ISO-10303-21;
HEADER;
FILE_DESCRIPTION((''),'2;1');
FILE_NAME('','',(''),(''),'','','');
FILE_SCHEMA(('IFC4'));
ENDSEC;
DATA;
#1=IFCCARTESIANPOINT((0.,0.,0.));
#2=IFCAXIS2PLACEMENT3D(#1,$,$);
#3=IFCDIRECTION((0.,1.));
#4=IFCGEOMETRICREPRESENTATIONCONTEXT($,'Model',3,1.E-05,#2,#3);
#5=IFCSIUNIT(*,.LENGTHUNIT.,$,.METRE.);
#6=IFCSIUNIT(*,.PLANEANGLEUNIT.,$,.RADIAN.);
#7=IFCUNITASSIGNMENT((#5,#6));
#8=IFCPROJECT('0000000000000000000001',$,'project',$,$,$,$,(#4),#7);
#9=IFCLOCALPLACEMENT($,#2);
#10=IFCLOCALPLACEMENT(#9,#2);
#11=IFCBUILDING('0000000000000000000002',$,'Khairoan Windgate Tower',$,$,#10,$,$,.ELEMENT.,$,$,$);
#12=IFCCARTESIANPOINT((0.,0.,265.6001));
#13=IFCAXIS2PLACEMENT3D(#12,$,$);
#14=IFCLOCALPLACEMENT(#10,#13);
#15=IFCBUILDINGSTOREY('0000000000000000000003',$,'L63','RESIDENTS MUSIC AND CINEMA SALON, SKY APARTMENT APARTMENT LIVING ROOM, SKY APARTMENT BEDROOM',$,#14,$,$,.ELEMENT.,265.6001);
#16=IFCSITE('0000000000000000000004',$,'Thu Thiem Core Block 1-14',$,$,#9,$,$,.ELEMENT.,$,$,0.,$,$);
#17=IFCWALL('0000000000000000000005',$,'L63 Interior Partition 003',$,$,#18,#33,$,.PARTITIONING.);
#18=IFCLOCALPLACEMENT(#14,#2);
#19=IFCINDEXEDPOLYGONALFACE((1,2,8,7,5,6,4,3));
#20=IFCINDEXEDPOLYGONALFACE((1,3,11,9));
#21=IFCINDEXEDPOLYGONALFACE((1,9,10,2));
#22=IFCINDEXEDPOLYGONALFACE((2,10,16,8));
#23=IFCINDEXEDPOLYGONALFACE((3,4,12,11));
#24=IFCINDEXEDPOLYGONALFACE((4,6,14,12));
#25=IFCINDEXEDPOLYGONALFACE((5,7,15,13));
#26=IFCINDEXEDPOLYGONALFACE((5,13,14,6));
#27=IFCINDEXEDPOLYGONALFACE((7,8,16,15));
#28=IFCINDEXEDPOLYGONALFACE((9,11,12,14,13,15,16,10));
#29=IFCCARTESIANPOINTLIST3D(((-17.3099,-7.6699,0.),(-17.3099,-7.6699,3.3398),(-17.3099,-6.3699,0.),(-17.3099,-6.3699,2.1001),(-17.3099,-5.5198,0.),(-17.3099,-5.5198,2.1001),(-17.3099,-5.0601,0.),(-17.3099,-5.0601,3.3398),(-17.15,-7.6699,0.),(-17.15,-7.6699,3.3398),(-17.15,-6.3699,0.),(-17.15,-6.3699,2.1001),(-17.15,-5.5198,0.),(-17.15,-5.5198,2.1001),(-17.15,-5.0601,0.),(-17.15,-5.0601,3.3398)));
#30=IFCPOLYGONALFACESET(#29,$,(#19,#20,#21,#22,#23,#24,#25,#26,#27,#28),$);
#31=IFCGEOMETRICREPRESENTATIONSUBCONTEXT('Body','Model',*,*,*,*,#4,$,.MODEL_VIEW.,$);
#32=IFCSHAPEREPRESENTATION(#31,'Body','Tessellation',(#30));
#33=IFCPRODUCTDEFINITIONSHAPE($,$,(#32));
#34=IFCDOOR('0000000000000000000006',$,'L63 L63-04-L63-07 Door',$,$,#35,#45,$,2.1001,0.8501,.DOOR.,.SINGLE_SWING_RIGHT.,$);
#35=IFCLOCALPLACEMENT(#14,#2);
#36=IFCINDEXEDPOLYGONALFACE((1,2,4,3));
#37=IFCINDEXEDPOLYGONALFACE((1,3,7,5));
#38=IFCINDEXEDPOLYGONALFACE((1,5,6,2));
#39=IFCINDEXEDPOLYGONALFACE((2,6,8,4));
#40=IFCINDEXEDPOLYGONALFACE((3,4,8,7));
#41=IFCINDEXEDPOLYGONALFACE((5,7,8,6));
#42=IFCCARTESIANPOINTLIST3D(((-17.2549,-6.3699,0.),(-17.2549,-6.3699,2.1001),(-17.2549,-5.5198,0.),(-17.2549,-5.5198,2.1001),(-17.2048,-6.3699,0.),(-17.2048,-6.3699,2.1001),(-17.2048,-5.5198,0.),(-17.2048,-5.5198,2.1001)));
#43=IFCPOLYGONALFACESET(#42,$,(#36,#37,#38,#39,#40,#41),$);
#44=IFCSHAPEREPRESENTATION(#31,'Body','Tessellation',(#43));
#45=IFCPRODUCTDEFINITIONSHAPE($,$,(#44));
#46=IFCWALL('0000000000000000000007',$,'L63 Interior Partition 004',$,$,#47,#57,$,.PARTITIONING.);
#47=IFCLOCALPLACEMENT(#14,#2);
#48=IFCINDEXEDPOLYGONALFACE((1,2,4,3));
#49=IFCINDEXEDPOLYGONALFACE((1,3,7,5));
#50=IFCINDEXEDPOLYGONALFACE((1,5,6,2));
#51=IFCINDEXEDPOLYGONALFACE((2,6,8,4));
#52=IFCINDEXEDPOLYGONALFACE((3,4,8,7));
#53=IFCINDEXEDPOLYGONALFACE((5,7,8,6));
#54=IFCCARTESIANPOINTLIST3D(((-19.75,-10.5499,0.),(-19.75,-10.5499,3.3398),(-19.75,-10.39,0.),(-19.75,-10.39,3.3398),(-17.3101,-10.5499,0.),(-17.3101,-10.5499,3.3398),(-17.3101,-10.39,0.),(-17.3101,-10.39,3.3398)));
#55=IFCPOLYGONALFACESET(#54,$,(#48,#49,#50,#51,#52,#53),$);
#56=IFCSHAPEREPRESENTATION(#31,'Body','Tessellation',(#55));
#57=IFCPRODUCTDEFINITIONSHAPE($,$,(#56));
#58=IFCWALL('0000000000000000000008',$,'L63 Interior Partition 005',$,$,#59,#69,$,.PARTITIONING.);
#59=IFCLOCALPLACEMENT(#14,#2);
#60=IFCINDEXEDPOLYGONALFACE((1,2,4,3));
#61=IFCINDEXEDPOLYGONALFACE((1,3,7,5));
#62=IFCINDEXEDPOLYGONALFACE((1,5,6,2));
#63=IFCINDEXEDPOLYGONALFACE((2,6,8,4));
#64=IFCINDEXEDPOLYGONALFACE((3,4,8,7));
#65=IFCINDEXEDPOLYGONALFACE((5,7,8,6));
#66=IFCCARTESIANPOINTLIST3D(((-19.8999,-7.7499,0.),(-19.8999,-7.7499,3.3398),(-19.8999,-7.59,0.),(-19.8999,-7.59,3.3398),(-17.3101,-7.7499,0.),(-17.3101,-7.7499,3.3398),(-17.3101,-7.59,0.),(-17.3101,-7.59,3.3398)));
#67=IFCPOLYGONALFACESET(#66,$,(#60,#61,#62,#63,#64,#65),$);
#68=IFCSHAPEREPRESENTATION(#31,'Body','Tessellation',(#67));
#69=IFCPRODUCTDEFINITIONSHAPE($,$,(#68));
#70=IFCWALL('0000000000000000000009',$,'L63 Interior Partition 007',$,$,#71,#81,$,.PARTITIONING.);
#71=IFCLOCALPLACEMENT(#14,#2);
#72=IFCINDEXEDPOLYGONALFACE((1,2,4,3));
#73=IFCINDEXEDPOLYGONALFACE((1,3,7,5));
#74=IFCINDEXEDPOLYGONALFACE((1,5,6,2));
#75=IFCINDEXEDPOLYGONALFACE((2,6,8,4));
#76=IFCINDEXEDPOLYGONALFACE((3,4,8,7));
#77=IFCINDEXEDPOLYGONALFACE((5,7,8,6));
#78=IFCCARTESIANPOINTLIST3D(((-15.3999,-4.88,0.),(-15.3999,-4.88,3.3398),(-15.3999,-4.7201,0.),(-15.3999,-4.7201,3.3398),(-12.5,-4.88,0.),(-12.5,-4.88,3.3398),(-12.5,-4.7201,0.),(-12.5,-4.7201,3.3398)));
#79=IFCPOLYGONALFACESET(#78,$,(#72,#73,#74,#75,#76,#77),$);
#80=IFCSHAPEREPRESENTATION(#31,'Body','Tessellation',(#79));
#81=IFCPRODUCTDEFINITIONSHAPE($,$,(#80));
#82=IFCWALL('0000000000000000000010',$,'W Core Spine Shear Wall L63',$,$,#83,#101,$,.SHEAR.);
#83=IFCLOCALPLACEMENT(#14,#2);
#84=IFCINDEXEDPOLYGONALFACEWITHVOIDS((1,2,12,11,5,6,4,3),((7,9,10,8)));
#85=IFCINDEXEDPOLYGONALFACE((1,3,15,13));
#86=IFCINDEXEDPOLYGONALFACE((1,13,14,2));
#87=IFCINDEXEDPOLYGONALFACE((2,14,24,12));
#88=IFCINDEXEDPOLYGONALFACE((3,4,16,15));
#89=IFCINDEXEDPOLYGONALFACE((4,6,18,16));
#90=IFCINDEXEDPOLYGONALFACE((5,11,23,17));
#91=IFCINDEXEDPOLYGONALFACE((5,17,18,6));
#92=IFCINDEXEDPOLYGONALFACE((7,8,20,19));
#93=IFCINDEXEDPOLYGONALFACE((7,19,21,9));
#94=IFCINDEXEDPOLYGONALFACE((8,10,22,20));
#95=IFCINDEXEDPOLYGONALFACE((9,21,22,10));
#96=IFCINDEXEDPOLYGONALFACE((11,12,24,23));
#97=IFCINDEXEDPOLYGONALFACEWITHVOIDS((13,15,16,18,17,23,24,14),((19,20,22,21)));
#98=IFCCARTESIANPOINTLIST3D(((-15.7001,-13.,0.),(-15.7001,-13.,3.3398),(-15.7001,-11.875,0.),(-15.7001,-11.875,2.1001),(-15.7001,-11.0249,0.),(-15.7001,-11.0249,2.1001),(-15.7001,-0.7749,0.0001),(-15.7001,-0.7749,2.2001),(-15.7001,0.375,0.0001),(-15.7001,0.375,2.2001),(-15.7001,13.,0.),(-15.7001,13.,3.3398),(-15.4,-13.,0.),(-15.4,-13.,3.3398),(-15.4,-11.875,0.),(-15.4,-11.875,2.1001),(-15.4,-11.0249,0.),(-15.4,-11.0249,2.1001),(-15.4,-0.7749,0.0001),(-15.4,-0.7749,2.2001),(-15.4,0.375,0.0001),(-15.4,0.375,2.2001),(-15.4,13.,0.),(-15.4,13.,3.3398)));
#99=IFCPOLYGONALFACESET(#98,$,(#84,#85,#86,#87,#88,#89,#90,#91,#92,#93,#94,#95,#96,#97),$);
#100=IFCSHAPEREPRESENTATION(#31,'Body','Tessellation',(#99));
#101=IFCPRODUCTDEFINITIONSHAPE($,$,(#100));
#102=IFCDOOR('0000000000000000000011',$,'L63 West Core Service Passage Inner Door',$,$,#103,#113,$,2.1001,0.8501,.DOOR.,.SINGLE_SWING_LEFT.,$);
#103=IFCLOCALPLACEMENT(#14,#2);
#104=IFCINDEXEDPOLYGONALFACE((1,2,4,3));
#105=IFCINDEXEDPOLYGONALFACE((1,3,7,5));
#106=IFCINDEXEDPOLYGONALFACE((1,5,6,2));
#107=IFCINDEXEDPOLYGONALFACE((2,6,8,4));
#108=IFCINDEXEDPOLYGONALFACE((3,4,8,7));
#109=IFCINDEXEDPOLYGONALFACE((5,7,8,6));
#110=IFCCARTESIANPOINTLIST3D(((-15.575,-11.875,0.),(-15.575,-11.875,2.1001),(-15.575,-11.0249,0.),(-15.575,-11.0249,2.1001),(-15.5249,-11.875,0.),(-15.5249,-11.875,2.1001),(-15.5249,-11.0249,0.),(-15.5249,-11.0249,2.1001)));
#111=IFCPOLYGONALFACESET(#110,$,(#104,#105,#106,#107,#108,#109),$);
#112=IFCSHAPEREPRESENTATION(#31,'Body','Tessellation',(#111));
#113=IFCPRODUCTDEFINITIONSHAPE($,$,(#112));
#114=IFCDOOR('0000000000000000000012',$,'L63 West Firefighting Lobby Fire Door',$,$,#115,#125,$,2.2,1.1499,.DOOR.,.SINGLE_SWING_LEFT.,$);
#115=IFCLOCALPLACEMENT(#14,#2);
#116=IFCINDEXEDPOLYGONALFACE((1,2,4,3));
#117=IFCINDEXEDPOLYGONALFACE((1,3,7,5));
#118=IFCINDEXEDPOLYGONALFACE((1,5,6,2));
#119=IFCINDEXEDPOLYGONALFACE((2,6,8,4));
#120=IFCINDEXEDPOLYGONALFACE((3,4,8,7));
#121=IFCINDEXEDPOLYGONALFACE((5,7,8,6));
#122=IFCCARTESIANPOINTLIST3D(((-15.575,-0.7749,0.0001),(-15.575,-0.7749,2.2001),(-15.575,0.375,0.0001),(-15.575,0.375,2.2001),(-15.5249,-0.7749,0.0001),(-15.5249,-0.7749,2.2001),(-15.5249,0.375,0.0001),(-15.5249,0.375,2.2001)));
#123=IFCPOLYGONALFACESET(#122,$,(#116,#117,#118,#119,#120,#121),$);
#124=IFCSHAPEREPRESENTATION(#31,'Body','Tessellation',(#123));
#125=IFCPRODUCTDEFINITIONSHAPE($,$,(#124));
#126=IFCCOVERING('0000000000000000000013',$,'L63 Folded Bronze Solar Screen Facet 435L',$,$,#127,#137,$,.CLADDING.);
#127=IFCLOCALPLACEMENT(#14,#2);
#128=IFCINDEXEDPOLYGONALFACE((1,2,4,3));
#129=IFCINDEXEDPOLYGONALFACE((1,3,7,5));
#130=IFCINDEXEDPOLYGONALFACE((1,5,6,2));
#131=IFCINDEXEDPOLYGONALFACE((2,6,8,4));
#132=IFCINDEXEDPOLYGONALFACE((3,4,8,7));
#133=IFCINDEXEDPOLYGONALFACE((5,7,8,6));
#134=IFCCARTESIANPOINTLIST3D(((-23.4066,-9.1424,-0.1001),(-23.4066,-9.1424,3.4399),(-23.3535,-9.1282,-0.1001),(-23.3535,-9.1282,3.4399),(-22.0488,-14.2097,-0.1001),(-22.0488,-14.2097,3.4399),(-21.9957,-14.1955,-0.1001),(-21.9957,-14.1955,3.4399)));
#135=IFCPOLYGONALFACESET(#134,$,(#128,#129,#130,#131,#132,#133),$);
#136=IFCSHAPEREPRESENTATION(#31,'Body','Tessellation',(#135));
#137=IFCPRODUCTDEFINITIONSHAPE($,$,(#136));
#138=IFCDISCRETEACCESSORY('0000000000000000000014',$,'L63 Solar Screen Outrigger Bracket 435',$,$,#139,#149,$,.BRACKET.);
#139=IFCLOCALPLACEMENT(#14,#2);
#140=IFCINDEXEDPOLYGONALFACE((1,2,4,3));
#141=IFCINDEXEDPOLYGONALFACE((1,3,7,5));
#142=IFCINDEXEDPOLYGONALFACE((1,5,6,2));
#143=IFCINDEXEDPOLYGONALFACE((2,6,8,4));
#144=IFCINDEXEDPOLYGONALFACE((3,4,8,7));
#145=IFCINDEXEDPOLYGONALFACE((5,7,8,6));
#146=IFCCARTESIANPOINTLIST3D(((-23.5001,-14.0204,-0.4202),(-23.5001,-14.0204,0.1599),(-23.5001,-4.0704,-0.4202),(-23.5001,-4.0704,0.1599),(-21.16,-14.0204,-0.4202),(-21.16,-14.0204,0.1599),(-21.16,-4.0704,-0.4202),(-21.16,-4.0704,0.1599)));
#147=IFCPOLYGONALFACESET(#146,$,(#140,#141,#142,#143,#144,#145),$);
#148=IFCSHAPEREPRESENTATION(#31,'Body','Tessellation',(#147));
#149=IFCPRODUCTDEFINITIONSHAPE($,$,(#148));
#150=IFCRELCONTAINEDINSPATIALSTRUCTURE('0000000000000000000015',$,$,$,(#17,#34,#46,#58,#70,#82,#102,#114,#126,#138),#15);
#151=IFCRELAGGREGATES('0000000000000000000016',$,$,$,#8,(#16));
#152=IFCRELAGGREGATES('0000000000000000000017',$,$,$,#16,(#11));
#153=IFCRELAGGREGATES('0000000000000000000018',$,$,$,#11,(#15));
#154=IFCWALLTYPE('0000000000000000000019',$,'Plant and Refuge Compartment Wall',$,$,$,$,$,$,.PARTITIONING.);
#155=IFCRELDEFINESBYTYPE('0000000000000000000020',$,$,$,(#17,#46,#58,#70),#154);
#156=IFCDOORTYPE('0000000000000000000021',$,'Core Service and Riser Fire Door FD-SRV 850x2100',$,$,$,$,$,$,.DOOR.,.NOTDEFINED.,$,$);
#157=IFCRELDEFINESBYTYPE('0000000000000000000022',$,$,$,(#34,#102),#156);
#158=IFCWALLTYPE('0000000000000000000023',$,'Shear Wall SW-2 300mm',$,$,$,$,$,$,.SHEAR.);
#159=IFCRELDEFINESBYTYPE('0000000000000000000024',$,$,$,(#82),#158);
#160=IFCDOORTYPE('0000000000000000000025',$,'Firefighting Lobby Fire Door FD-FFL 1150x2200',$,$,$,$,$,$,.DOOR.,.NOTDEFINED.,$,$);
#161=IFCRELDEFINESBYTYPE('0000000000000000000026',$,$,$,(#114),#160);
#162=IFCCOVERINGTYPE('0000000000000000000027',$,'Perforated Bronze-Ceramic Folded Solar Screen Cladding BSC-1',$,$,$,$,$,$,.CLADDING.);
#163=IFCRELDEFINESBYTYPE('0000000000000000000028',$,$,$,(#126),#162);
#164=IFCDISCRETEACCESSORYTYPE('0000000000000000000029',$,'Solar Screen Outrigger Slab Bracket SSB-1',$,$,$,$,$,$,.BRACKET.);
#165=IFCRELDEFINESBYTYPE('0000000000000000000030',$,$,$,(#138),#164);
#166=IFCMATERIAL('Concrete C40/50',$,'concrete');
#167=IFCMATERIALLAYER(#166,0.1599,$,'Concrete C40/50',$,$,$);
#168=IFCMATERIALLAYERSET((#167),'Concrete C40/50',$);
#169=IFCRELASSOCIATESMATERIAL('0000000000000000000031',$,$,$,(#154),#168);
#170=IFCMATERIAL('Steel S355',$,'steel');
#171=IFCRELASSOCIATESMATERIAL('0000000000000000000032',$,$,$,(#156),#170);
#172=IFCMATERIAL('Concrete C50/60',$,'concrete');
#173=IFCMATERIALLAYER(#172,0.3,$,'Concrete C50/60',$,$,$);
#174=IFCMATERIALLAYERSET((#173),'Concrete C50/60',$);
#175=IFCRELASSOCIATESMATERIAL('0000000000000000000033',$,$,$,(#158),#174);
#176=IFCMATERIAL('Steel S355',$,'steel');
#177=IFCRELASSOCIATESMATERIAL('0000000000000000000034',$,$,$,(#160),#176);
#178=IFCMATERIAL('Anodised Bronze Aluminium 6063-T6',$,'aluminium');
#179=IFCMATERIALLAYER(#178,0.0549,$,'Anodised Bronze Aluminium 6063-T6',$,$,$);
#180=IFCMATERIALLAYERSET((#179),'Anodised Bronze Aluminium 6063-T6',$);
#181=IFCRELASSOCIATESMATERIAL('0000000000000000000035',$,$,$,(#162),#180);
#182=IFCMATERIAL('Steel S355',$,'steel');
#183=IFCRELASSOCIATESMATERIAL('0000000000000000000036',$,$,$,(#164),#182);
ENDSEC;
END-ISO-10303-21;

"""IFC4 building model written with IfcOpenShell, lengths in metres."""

from ifc_helpers import new_model, si_unit, direction, frame, frame_2d, origin, origin_2d, place, context, subcontext, project, spatial, rectangle, extrude, material, layer, layer_set, type_object, element, fill, save


model = new_model("IFC4")

# Units and contexts
model_context = context("Model", 3, precision=1e-05, world=origin(), true_north=direction((0.0, 1.0)))
body_context = subcontext(model_context, "Body", "Model", "MODEL_VIEW")
ifc_project = project(units=[si_unit("LENGTHUNIT", "METRE"), si_unit("PLANEANGLEUNIT", "RADIAN")], contexts=[model_context])

# Site, building, storey
site_placement = place(None, origin())
site = spatial("IfcSite", under=ifc_project, at=site_placement, Name="Thu Thiem Core Block 1-14", CompositionType="ELEMENT", RefElevation=0.0)
building_placement = place(site_placement, origin())
building = spatial("IfcBuilding", under=site, at=building_placement, Name="Khairoan Windgate Tower", CompositionType="ELEMENT")
storey_placement = place(building_placement, frame((0.0, 0.0, 265.6001)))
storey = spatial("IfcBuildingStorey", under=building, at=storey_placement, Name="L63", Description="RESIDENTS MUSIC AND CINEMA SALON, SKY APARTMENT APARTMENT LIVING ROOM, SKY APARTMENT BEDROOM", CompositionType="ELEMENT", Elevation=265.6001)

# Wall, opening, door
ifc_material_1 = material(Name="Concrete C40/50", Category="concrete")
ifc_layer_1 = layer(ifc_material_1, 0.1599, Name="Concrete C40/50")
ifc_layer_set_1 = layer_set([ifc_layer_1], Name="Concrete C40/50")
wall_type_1 = type_object("IfcWallType", Name="Plant and Refuge Compartment Wall", PredefinedType="PARTITIONING", material=ifc_layer_set_1)
ifc_material_2 = material(Name="Steel S355", Category="steel")
door_type_1 = type_object("IfcDoorType", Name="Core Service and Riser Fire Door FD-SRV 850x2100", OperationType="NOTDEFINED", PredefinedType="DOOR", material=ifc_material_2)
wall_1_placement = place(storey_placement, frame((-17.23, -7.6699, 0.0), z_axis=(0.0, 0.0, 1.0), x_axis=(0.0, 1.0, 0.0)))
wall_1 = element("IfcWall", 1, at=wall_1_placement, inside=storey, type_object=wall_type_1, Name="L63 Interior Partition 003", PredefinedType="PARTITIONING", context=body_context, shape_type="SweptSolid", body=[
    extrude(rectangle(XDim=2.6099, YDim=0.1599, at=frame_2d((1.3049, 0.0))), origin(), (0.0, 0.0, 1.0), 3.3398),
])
opening_1_placement = place(wall_1_placement, frame((1.3, 0.0, 0.0)))
opening_1 = element("IfcOpeningElement", 2, at=opening_1_placement, cuts=wall_1, PredefinedType="OPENING", context=body_context, shape_type="SweptSolid", body=[
    extrude(rectangle(XDim=0.8501, YDim=2.1001, at=frame_2d((0.425, 1.05))), frame((0.0, 0.0898, 0.0), z_axis=(0.0, -1.0, 0.0), x_axis=(1.0, 0.0, 0.0)), (0.0, 0.0, 1.0), 0.1799),
])
door_1_placement = place(opening_1_placement, origin())
door_1 = element("IfcDoor", 3, at=door_1_placement, inside=storey, type_object=door_type_1, Name="L63 L63-04-L63-07 Door", OperationType="SINGLE_SWING_RIGHT", OverallHeight=2.1001, OverallWidth=0.8501, PredefinedType="DOOR", context=body_context, shape_type="SweptSolid", body=[
    extrude(rectangle(XDim=0.8501, YDim=2.1001, at=frame_2d((0.425, 1.05))), frame((0.0, 0.0249, 0.0), z_axis=(0.0, -1.0, 0.0), x_axis=(1.0, 0.0, 0.0)), (0.0, 0.0, 1.0), 0.05),
])
fill(opening_1, door_1)

# Walls
wall_2_placement = place(storey_placement, frame((-19.75, -10.47, 0.0), z_axis=(0.0, 0.0, 1.0), x_axis=(1.0, 0.0, 0.0)))
element("IfcWall", 4, at=wall_2_placement, inside=storey, type_object=wall_type_1, Name="L63 Interior Partition 004", PredefinedType="PARTITIONING", context=body_context, shape_type="SweptSolid", body=[
    extrude(rectangle(XDim=2.4399, YDim=0.1599, at=frame_2d((1.22, 0.0))), origin(), (0.0, 0.0, 1.0), 3.3398),
])
wall_3_placement = place(storey_placement, frame((-19.8999, -7.6699, 0.0), z_axis=(0.0, 0.0, 1.0), x_axis=(1.0, 0.0, 0.0)))
element("IfcWall", 5, at=wall_3_placement, inside=storey, type_object=wall_type_1, Name="L63 Interior Partition 005", PredefinedType="PARTITIONING", context=body_context, shape_type="SweptSolid", body=[
    extrude(rectangle(XDim=2.5898, YDim=0.1599, at=frame_2d((1.2949, 0.0))), origin(), (0.0, 0.0, 1.0), 3.3398),
])
wall_4_placement = place(storey_placement, frame((-15.3999, -4.8, 0.0), z_axis=(0.0, 0.0, 1.0), x_axis=(1.0, 0.0, 0.0)))
element("IfcWall", 6, at=wall_4_placement, inside=storey, type_object=wall_type_1, Name="L63 Interior Partition 007", PredefinedType="PARTITIONING", context=body_context, shape_type="SweptSolid", body=[
    extrude(rectangle(XDim=2.8999, YDim=0.1599, at=frame_2d((1.45, 0.0))), origin(), (0.0, 0.0, 1.0), 3.3398),
])

# Wall, openings, doors
ifc_material_3 = material(Name="Concrete C50/60", Category="concrete")
ifc_layer_2 = layer(ifc_material_3, 0.3, Name="Concrete C50/60")
ifc_layer_set_2 = layer_set([ifc_layer_2], Name="Concrete C50/60")
wall_type_2 = type_object("IfcWallType", Name="Shear Wall SW-2 300mm", PredefinedType="SHEAR", material=ifc_layer_set_2)
wall_5_placement = place(storey_placement, frame((-15.55, -13.0, 0.0), z_axis=(0.0, 0.0, 1.0), x_axis=(0.0, 1.0, 0.0)))
wall_5 = element("IfcWall", 7, at=wall_5_placement, inside=storey, type_object=wall_type_2, Name="W Core Spine Shear Wall L63", PredefinedType="SHEAR", context=body_context, shape_type="SweptSolid", body=[
    extrude(rectangle(XDim=26.0, YDim=0.3, at=frame_2d((13.0, 0.0))), origin(), (0.0, 0.0, 1.0), 3.3398),
])
opening_2_placement = place(wall_5_placement, frame((12.2251, 0.0, 0.0)))
opening_2 = element("IfcOpeningElement", 8, at=opening_2_placement, cuts=wall_5, PredefinedType="OPENING", context=body_context, shape_type="SweptSolid", body=[
    extrude(rectangle(XDim=1.1499, YDim=2.2, at=frame_2d((0.575, 1.1001))), frame((0.0, 0.1599, 0.0), z_axis=(0.0, -1.0, 0.0), x_axis=(1.0, 0.0, 0.0)), (0.0, 0.0, 1.0), 0.3201),
])
opening_3_placement = place(wall_5_placement, frame((1.125, 0.0, 0.0)))
opening_3 = element("IfcOpeningElement", 9, at=opening_3_placement, cuts=wall_5, PredefinedType="OPENING", context=body_context, shape_type="SweptSolid", body=[
    extrude(rectangle(XDim=0.8501, YDim=2.1001, at=frame_2d((0.425, 1.05))), frame((0.0, 0.1599, 0.0), z_axis=(0.0, -1.0, 0.0), x_axis=(1.0, 0.0, 0.0)), (0.0, 0.0, 1.0), 0.3201),
])
door_2_placement = place(opening_3_placement, origin())
door_2 = element("IfcDoor", 10, at=door_2_placement, inside=storey, type_object=door_type_1, Name="L63 West Core Service Passage Inner Door", OperationType="SINGLE_SWING_LEFT", OverallHeight=2.1001, OverallWidth=0.8501, PredefinedType="DOOR", context=body_context, shape_type="SweptSolid", body=[
    extrude(rectangle(XDim=0.8501, YDim=2.1001, at=frame_2d((0.425, 1.05))), frame((0.0, 0.0249, 0.0), z_axis=(0.0, -1.0, 0.0), x_axis=(1.0, 0.0, 0.0)), (0.0, 0.0, 1.0), 0.05),
])
fill(opening_3, door_2)
ifc_material_4 = material(Name="Steel S355", Category="steel")
door_type_2 = type_object("IfcDoorType", Name="Firefighting Lobby Fire Door FD-FFL 1150x2200", OperationType="NOTDEFINED", PredefinedType="DOOR", material=ifc_material_4)
door_3_placement = place(opening_2_placement, origin())
door_3 = element("IfcDoor", 11, at=door_3_placement, inside=storey, type_object=door_type_2, Name="L63 West Firefighting Lobby Fire Door", OperationType="SINGLE_SWING_LEFT", OverallHeight=2.2, OverallWidth=1.1499, PredefinedType="DOOR", context=body_context, shape_type="SweptSolid", body=[
    extrude(rectangle(XDim=1.1499, YDim=2.2, at=frame_2d((0.575, 1.1001))), frame((0.0, 0.0249, 0.0), z_axis=(0.0, -1.0, 0.0), x_axis=(1.0, 0.0, 0.0)), (0.0, 0.0, 1.0), 0.05),
])
fill(opening_2, door_3)

# Covering
ifc_material_5 = material(Name="Anodised Bronze Aluminium 6063-T6", Category="aluminium")
ifc_layer_3 = layer(ifc_material_5, 0.0549, Name="Anodised Bronze Aluminium 6063-T6")
ifc_layer_set_3 = layer_set([ifc_layer_3], Name="Anodised Bronze Aluminium 6063-T6")
covering_type = type_object("IfcCoveringType", Name="Perforated Bronze-Ceramic Folded Solar Screen Cladding BSC-1", PredefinedType="CLADDING", material=ifc_layer_set_3)
covering_placement = place(storey_placement, frame((-22.7012, -11.6689, -0.1001), z_axis=(0.0, 0.0, 1.0), x_axis=(-0.258819, 0.965926, 0.0)))
element("IfcCovering", 12, at=covering_placement, inside=storey, type_object=covering_type, Name="L63 Folded Bronze Solar Screen Facet 435L", PredefinedType="CLADDING", context=body_context, shape_type="SweptSolid", body=[
    extrude(rectangle(XDim=5.2461, YDim=0.0549, at=origin_2d()), origin(), (0.0, 0.0, 1.0), 3.54),
])

# Discrete accessory
ifc_material_6 = material(Name="Steel S355", Category="steel")
discrete_accessory_type = type_object("IfcDiscreteAccessoryType", Name="Solar Screen Outrigger Slab Bracket SSB-1", PredefinedType="BRACKET", material=ifc_material_6)
discrete_accessory_placement = place(storey_placement, frame((-22.3301, -9.0454, -0.4202), z_axis=(0.0, 0.0, 1.0), x_axis=(0.0, 1.0, 0.0)))
element("IfcDiscreteAccessory", 13, at=discrete_accessory_placement, inside=storey, type_object=discrete_accessory_type, Name="L63 Solar Screen Outrigger Bracket 435", PredefinedType="BRACKET", context=body_context, shape_type="SweptSolid", body=[
    extrude(rectangle(XDim=9.95, YDim=2.3401, at=origin_2d()), origin(), (0.0, 0.0, 1.0), 0.5801),
])

save(model, "model.ifc")
